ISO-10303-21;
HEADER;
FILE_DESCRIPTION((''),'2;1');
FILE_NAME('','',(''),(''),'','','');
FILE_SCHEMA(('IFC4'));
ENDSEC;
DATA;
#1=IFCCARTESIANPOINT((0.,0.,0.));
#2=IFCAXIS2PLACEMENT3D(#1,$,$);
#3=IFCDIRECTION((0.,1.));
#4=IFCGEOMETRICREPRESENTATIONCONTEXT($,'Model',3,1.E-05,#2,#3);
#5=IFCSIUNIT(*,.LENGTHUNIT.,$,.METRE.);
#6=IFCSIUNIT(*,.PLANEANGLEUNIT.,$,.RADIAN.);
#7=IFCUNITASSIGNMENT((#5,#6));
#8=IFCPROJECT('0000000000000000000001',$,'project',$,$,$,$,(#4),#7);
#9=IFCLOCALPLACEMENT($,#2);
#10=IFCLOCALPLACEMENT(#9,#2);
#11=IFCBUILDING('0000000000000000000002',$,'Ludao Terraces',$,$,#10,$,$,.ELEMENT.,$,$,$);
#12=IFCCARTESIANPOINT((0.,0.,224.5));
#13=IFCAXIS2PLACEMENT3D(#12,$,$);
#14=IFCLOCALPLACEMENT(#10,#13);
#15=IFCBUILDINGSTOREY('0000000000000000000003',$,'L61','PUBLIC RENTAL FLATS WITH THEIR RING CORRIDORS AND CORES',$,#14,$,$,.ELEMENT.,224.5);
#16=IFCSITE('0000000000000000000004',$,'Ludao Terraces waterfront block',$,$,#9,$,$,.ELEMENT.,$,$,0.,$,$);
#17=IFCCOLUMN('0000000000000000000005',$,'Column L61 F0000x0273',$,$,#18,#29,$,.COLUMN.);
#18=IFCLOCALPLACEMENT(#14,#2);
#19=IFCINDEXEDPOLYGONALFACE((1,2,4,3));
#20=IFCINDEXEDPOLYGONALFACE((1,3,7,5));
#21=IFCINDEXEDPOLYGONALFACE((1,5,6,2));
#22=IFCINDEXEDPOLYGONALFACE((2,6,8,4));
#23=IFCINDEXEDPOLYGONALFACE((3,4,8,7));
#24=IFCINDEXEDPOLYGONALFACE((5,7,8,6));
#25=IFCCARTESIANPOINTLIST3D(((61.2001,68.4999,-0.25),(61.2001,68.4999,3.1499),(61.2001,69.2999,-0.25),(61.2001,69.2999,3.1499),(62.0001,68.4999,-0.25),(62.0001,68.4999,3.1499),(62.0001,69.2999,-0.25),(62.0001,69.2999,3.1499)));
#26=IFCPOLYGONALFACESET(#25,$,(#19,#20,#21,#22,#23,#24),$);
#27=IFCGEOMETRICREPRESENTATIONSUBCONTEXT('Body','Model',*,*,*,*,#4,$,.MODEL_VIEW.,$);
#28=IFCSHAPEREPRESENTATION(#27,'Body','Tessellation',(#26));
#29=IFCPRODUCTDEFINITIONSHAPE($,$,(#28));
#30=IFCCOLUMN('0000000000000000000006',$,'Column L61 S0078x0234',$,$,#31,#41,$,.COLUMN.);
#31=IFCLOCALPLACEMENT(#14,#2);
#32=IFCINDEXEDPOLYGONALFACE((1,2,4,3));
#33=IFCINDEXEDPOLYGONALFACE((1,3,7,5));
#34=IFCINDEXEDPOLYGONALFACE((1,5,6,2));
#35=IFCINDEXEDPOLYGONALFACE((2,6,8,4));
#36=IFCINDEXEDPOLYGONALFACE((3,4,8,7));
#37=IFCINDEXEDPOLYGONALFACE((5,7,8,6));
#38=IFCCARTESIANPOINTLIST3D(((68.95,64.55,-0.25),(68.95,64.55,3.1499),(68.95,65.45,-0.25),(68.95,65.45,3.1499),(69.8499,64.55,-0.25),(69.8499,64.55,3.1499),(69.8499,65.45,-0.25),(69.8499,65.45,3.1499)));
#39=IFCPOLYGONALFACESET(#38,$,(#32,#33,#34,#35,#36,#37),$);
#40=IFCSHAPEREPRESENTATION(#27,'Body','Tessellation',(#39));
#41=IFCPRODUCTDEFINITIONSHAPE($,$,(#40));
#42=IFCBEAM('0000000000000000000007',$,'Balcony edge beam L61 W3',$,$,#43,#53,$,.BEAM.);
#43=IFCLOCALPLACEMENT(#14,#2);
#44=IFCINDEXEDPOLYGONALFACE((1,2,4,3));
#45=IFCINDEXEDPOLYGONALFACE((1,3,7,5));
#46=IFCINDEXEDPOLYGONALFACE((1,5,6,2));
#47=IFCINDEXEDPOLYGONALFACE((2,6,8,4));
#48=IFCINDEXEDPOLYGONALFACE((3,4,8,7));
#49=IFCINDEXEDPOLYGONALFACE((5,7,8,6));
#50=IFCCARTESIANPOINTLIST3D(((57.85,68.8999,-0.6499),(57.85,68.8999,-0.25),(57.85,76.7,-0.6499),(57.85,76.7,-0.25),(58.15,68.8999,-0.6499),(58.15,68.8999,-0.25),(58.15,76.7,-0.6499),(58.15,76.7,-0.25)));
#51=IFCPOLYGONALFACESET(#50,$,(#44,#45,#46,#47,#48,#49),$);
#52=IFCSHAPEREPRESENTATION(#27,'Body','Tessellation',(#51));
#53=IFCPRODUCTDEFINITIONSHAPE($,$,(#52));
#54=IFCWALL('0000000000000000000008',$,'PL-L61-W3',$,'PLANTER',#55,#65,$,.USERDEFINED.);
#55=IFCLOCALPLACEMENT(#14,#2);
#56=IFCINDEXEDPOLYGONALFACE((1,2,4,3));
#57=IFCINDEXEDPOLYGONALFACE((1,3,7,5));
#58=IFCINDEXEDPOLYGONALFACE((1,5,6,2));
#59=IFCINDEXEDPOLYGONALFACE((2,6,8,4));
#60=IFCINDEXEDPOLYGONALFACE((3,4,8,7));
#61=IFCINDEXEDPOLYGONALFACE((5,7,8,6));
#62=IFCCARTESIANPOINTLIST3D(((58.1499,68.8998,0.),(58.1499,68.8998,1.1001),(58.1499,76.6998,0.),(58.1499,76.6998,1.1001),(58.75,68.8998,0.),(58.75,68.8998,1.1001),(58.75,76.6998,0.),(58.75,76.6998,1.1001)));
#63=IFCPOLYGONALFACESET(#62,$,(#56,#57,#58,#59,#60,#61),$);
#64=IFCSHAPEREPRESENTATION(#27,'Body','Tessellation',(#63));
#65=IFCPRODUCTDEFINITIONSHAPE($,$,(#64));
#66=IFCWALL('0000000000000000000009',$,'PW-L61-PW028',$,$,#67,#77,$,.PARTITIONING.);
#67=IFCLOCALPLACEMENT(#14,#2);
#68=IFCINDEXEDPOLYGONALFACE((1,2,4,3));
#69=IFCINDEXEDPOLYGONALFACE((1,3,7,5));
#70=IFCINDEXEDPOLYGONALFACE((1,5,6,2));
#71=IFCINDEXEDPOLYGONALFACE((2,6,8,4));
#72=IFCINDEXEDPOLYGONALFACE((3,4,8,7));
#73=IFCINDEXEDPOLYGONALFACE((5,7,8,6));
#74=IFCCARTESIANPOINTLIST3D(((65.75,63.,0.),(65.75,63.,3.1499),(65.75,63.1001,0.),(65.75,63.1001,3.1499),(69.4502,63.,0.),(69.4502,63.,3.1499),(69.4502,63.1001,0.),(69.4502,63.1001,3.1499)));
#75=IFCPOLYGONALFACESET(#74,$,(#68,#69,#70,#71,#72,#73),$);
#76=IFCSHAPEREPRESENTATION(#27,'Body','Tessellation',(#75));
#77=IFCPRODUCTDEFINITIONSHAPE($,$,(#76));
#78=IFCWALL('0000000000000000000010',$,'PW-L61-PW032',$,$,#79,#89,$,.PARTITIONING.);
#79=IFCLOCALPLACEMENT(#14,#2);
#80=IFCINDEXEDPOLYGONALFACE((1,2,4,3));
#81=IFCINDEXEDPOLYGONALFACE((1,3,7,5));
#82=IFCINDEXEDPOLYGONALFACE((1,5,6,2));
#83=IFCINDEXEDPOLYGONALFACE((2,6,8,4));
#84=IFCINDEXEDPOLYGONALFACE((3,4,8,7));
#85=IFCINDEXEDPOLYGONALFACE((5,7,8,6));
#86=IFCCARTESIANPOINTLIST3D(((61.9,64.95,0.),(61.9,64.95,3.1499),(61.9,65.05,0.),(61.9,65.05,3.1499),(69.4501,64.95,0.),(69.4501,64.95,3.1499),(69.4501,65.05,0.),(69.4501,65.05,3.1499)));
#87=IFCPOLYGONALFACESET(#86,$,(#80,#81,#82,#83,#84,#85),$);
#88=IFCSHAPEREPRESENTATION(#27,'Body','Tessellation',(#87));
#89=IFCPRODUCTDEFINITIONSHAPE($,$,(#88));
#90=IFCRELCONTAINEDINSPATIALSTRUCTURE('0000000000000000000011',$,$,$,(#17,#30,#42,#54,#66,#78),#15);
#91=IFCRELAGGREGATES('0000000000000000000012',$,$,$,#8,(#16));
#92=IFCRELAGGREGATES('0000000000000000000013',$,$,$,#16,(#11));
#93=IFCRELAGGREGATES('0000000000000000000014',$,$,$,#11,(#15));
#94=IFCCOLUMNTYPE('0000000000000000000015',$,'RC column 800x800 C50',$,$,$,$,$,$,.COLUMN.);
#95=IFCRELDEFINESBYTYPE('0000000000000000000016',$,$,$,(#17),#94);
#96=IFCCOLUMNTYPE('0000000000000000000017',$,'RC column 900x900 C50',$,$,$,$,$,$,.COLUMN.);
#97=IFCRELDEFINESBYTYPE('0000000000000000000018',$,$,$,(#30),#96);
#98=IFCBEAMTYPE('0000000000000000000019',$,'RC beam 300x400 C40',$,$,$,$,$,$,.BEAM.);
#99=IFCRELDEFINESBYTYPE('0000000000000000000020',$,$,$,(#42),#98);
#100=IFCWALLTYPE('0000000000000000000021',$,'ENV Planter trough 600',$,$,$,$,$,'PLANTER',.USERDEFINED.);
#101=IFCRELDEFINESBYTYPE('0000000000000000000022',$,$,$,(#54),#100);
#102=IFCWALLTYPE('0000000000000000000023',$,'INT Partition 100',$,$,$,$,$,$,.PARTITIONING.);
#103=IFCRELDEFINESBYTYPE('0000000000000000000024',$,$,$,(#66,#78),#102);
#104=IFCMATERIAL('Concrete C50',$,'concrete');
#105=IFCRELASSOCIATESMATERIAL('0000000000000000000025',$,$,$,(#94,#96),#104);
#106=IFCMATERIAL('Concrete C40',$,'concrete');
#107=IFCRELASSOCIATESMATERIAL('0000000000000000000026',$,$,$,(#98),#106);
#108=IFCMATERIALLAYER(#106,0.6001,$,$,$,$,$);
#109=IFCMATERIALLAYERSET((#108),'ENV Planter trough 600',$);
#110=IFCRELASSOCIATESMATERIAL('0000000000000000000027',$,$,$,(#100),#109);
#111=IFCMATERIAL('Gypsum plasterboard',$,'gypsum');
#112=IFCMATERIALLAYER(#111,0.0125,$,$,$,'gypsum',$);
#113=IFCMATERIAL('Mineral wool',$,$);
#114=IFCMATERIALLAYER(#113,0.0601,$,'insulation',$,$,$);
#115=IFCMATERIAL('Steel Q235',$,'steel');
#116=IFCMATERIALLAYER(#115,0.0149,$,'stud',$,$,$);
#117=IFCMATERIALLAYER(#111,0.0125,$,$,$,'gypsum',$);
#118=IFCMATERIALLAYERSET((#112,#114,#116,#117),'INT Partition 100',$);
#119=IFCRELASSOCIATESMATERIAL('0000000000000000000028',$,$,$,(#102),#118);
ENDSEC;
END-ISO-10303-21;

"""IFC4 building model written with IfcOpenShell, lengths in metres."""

from ifc_helpers import new_model, si_unit, direction, frame, frame_2d, origin, origin_2d, place, context, subcontext, project, spatial, rectangle, extrude, material, layer, layer_set, material_profile, profile_set, type_object, element, save


model = new_model("IFC4")

# Units and contexts
model_context = context("Model", 3, precision=1e-05, world=origin(), true_north=direction((0.0, 1.0)))
body_context = subcontext(model_context, "Body", "Model", "MODEL_VIEW")
ifc_project = project(units=[si_unit("LENGTHUNIT", "METRE"), si_unit("PLANEANGLEUNIT", "RADIAN")], contexts=[model_context])

# Site, building, storey
site_placement = place(None, origin())
site = spatial("IfcSite", under=ifc_project, at=site_placement, Name="Ludao Terraces waterfront block", CompositionType="ELEMENT", RefElevation=0.0)
building_placement = place(site_placement, origin())
building = spatial("IfcBuilding", under=site, at=building_placement, Name="Ludao Terraces", CompositionType="ELEMENT")
storey_placement = place(building_placement, frame((0.0, 0.0, 224.5)))
storey = spatial("IfcBuildingStorey", under=building, at=storey_placement, Name="L61", Description="PUBLIC RENTAL FLATS WITH THEIR RING CORRIDORS AND CORES", CompositionType="ELEMENT", Elevation=224.5)

# Columns
ifc_material_1 = material(Name="Concrete C50", Category="concrete")
ifc_material_profile_1 = material_profile(ifc_material_1, rectangle(XDim=0.8, YDim=0.8, at=origin_2d()), Name="800 X 800")
ifc_profile_set_1 = profile_set([ifc_material_profile_1], Name="Concrete C50")
column_type_1 = type_object("IfcColumnType", Name="RC column 800x800 C50", PredefinedType="COLUMN", material=ifc_profile_set_1)
column_1_placement = place(storey_placement, frame((61.6001, 68.8999, -0.25), z_axis=(0.0, 0.0, 1.0), x_axis=(1.0, 0.0, 0.0)))
element("IfcColumn", 1, at=column_1_placement, inside=storey, type_object=column_type_1, Name="Column L61 F0000x0273", PredefinedType="COLUMN", context=body_context, shape_type="SweptSolid", body=[
    extrude(rectangle(XDim=0.8, YDim=0.8, at=origin_2d()), origin(), (0.0, 0.0, 1.0), 3.3999),
])
ifc_material_profile_2 = material_profile(ifc_material_1, rectangle(XDim=0.8999, YDim=0.8999, at=origin_2d()), Name="900 X 900")
ifc_profile_set_2 = profile_set([ifc_material_profile_2], Name="Concrete C50")
column_type_2 = type_object("IfcColumnType", Name="RC column 900x900 C50", PredefinedType="COLUMN", material=ifc_profile_set_2)
column_2_placement = place(storey_placement, frame((69.3999, 65.0, -0.25), z_axis=(0.0, 0.0, 1.0), x_axis=(1.0, 0.0, 0.0)))
element("IfcColumn", 2, at=column_2_placement, inside=storey, type_object=column_type_2, Name="Column L61 S0078x0234", PredefinedType="COLUMN", context=body_context, shape_type="SweptSolid", body=[
    extrude(rectangle(XDim=0.8999, YDim=0.8999, at=origin_2d()), origin(), (0.0, 0.0, 1.0), 3.3999),
])

# Beam
ifc_material_2 = material(Name="Concrete C40", Category="concrete")
ifc_material_profile_3 = material_profile(ifc_material_2, rectangle(XDim=0.3, YDim=0.3999, at=origin_2d()), Name="300 X 400")
ifc_profile_set_3 = profile_set([ifc_material_profile_3], Name="Concrete C40")
beam_type = type_object("IfcBeamType", Name="RC beam 300x400 C40", PredefinedType="BEAM", material=ifc_profile_set_3)
beam_placement = place(storey_placement, frame((58.0, 68.8999, -0.45), z_axis=(0.0, 1.0, 0.0), x_axis=(-1.0, 0.0, 0.0)))
element("IfcBeam", 3, at=beam_placement, inside=storey, type_object=beam_type, Name="Balcony edge beam L61 W3", PredefinedType="BEAM", context=body_context, shape_type="SweptSolid", body=[
    extrude(rectangle(XDim=0.3, YDim=0.3999, at=origin_2d()), origin(), (0.0, 0.0, 1.0), 7.8),
])

# Wall
ifc_layer_1 = layer(ifc_material_2, 0.6001)
ifc_layer_set_1 = layer_set([ifc_layer_1], Name="ENV Planter trough 600")
wall_type_1 = type_object("IfcWallType", Name="ENV Planter trough 600", ElementType="PLANTER", PredefinedType="USERDEFINED", material=ifc_layer_set_1)
wall_1_placement = place(storey_placement, frame((58.45, 68.8999, 0.0), z_axis=(0.0, 0.0, 1.0), x_axis=(0.0, 1.0, 0.0)))
element("IfcWall", 4, at=wall_1_placement, inside=storey, type_object=wall_type_1, Name="PL-L61-W3", ObjectType="PLANTER", PredefinedType="USERDEFINED", context=body_context, shape_type="SweptSolid", body=[
    extrude(rectangle(XDim=7.8, YDim=0.6001, at=frame_2d((3.8999, 0.0))), origin(), (0.0, 0.0, 1.0), 1.1001),
])

# Shared definitions
ifc_material_3 = material(Name="Mineral wool")

# Walls
ifc_material_4 = material(Name="Gypsum plasterboard", Category="gypsum")
ifc_layer_2 = layer(ifc_material_4, 0.0125, Category="gypsum")
ifc_layer_3 = layer(ifc_material_3, 0.0601, Name="insulation")
ifc_material_5 = material(Name="Steel Q235", Category="steel")
ifc_layer_4 = layer(ifc_material_5, 0.0149, Name="stud")
ifc_layer_5 = layer(ifc_material_4, 0.0125, Category="gypsum")
ifc_layer_set_2 = layer_set([ifc_layer_2, ifc_layer_3, ifc_layer_4, ifc_layer_5], Name="INT Partition 100")
wall_type_2 = type_object("IfcWallType", Name="INT Partition 100", PredefinedType="PARTITIONING", material=ifc_layer_set_2)
wall_2_placement = place(storey_placement, frame((65.75, 63.05, 0.0), z_axis=(0.0, 0.0, 1.0), x_axis=(1.0, 0.0, 0.0)))
element("IfcWall", 5, at=wall_2_placement, inside=storey, type_object=wall_type_2, Name="PW-L61-PW028", PredefinedType="PARTITIONING", context=body_context, shape_type="SweptSolid", body=[
    extrude(rectangle(XDim=3.7002, YDim=0.1001, at=frame_2d((1.8501, 0.0))), origin(), (0.0, 0.0, 1.0), 3.1499),
])
wall_3_placement = place(storey_placement, frame((61.9001, 65.0, 0.0), z_axis=(0.0, 0.0, 1.0), x_axis=(1.0, 0.0, 0.0)))
element("IfcWall", 6, at=wall_3_placement, inside=storey, type_object=wall_type_2, Name="PW-L61-PW032", PredefinedType="PARTITIONING", context=body_context, shape_type="SweptSolid", body=[
    extrude(rectangle(XDim=7.55, YDim=0.1001, at=frame_2d((3.7749, 0.0))), origin(), (0.0, 0.0, 1.0), 3.1499),
])

save(model, "model.ifc")
